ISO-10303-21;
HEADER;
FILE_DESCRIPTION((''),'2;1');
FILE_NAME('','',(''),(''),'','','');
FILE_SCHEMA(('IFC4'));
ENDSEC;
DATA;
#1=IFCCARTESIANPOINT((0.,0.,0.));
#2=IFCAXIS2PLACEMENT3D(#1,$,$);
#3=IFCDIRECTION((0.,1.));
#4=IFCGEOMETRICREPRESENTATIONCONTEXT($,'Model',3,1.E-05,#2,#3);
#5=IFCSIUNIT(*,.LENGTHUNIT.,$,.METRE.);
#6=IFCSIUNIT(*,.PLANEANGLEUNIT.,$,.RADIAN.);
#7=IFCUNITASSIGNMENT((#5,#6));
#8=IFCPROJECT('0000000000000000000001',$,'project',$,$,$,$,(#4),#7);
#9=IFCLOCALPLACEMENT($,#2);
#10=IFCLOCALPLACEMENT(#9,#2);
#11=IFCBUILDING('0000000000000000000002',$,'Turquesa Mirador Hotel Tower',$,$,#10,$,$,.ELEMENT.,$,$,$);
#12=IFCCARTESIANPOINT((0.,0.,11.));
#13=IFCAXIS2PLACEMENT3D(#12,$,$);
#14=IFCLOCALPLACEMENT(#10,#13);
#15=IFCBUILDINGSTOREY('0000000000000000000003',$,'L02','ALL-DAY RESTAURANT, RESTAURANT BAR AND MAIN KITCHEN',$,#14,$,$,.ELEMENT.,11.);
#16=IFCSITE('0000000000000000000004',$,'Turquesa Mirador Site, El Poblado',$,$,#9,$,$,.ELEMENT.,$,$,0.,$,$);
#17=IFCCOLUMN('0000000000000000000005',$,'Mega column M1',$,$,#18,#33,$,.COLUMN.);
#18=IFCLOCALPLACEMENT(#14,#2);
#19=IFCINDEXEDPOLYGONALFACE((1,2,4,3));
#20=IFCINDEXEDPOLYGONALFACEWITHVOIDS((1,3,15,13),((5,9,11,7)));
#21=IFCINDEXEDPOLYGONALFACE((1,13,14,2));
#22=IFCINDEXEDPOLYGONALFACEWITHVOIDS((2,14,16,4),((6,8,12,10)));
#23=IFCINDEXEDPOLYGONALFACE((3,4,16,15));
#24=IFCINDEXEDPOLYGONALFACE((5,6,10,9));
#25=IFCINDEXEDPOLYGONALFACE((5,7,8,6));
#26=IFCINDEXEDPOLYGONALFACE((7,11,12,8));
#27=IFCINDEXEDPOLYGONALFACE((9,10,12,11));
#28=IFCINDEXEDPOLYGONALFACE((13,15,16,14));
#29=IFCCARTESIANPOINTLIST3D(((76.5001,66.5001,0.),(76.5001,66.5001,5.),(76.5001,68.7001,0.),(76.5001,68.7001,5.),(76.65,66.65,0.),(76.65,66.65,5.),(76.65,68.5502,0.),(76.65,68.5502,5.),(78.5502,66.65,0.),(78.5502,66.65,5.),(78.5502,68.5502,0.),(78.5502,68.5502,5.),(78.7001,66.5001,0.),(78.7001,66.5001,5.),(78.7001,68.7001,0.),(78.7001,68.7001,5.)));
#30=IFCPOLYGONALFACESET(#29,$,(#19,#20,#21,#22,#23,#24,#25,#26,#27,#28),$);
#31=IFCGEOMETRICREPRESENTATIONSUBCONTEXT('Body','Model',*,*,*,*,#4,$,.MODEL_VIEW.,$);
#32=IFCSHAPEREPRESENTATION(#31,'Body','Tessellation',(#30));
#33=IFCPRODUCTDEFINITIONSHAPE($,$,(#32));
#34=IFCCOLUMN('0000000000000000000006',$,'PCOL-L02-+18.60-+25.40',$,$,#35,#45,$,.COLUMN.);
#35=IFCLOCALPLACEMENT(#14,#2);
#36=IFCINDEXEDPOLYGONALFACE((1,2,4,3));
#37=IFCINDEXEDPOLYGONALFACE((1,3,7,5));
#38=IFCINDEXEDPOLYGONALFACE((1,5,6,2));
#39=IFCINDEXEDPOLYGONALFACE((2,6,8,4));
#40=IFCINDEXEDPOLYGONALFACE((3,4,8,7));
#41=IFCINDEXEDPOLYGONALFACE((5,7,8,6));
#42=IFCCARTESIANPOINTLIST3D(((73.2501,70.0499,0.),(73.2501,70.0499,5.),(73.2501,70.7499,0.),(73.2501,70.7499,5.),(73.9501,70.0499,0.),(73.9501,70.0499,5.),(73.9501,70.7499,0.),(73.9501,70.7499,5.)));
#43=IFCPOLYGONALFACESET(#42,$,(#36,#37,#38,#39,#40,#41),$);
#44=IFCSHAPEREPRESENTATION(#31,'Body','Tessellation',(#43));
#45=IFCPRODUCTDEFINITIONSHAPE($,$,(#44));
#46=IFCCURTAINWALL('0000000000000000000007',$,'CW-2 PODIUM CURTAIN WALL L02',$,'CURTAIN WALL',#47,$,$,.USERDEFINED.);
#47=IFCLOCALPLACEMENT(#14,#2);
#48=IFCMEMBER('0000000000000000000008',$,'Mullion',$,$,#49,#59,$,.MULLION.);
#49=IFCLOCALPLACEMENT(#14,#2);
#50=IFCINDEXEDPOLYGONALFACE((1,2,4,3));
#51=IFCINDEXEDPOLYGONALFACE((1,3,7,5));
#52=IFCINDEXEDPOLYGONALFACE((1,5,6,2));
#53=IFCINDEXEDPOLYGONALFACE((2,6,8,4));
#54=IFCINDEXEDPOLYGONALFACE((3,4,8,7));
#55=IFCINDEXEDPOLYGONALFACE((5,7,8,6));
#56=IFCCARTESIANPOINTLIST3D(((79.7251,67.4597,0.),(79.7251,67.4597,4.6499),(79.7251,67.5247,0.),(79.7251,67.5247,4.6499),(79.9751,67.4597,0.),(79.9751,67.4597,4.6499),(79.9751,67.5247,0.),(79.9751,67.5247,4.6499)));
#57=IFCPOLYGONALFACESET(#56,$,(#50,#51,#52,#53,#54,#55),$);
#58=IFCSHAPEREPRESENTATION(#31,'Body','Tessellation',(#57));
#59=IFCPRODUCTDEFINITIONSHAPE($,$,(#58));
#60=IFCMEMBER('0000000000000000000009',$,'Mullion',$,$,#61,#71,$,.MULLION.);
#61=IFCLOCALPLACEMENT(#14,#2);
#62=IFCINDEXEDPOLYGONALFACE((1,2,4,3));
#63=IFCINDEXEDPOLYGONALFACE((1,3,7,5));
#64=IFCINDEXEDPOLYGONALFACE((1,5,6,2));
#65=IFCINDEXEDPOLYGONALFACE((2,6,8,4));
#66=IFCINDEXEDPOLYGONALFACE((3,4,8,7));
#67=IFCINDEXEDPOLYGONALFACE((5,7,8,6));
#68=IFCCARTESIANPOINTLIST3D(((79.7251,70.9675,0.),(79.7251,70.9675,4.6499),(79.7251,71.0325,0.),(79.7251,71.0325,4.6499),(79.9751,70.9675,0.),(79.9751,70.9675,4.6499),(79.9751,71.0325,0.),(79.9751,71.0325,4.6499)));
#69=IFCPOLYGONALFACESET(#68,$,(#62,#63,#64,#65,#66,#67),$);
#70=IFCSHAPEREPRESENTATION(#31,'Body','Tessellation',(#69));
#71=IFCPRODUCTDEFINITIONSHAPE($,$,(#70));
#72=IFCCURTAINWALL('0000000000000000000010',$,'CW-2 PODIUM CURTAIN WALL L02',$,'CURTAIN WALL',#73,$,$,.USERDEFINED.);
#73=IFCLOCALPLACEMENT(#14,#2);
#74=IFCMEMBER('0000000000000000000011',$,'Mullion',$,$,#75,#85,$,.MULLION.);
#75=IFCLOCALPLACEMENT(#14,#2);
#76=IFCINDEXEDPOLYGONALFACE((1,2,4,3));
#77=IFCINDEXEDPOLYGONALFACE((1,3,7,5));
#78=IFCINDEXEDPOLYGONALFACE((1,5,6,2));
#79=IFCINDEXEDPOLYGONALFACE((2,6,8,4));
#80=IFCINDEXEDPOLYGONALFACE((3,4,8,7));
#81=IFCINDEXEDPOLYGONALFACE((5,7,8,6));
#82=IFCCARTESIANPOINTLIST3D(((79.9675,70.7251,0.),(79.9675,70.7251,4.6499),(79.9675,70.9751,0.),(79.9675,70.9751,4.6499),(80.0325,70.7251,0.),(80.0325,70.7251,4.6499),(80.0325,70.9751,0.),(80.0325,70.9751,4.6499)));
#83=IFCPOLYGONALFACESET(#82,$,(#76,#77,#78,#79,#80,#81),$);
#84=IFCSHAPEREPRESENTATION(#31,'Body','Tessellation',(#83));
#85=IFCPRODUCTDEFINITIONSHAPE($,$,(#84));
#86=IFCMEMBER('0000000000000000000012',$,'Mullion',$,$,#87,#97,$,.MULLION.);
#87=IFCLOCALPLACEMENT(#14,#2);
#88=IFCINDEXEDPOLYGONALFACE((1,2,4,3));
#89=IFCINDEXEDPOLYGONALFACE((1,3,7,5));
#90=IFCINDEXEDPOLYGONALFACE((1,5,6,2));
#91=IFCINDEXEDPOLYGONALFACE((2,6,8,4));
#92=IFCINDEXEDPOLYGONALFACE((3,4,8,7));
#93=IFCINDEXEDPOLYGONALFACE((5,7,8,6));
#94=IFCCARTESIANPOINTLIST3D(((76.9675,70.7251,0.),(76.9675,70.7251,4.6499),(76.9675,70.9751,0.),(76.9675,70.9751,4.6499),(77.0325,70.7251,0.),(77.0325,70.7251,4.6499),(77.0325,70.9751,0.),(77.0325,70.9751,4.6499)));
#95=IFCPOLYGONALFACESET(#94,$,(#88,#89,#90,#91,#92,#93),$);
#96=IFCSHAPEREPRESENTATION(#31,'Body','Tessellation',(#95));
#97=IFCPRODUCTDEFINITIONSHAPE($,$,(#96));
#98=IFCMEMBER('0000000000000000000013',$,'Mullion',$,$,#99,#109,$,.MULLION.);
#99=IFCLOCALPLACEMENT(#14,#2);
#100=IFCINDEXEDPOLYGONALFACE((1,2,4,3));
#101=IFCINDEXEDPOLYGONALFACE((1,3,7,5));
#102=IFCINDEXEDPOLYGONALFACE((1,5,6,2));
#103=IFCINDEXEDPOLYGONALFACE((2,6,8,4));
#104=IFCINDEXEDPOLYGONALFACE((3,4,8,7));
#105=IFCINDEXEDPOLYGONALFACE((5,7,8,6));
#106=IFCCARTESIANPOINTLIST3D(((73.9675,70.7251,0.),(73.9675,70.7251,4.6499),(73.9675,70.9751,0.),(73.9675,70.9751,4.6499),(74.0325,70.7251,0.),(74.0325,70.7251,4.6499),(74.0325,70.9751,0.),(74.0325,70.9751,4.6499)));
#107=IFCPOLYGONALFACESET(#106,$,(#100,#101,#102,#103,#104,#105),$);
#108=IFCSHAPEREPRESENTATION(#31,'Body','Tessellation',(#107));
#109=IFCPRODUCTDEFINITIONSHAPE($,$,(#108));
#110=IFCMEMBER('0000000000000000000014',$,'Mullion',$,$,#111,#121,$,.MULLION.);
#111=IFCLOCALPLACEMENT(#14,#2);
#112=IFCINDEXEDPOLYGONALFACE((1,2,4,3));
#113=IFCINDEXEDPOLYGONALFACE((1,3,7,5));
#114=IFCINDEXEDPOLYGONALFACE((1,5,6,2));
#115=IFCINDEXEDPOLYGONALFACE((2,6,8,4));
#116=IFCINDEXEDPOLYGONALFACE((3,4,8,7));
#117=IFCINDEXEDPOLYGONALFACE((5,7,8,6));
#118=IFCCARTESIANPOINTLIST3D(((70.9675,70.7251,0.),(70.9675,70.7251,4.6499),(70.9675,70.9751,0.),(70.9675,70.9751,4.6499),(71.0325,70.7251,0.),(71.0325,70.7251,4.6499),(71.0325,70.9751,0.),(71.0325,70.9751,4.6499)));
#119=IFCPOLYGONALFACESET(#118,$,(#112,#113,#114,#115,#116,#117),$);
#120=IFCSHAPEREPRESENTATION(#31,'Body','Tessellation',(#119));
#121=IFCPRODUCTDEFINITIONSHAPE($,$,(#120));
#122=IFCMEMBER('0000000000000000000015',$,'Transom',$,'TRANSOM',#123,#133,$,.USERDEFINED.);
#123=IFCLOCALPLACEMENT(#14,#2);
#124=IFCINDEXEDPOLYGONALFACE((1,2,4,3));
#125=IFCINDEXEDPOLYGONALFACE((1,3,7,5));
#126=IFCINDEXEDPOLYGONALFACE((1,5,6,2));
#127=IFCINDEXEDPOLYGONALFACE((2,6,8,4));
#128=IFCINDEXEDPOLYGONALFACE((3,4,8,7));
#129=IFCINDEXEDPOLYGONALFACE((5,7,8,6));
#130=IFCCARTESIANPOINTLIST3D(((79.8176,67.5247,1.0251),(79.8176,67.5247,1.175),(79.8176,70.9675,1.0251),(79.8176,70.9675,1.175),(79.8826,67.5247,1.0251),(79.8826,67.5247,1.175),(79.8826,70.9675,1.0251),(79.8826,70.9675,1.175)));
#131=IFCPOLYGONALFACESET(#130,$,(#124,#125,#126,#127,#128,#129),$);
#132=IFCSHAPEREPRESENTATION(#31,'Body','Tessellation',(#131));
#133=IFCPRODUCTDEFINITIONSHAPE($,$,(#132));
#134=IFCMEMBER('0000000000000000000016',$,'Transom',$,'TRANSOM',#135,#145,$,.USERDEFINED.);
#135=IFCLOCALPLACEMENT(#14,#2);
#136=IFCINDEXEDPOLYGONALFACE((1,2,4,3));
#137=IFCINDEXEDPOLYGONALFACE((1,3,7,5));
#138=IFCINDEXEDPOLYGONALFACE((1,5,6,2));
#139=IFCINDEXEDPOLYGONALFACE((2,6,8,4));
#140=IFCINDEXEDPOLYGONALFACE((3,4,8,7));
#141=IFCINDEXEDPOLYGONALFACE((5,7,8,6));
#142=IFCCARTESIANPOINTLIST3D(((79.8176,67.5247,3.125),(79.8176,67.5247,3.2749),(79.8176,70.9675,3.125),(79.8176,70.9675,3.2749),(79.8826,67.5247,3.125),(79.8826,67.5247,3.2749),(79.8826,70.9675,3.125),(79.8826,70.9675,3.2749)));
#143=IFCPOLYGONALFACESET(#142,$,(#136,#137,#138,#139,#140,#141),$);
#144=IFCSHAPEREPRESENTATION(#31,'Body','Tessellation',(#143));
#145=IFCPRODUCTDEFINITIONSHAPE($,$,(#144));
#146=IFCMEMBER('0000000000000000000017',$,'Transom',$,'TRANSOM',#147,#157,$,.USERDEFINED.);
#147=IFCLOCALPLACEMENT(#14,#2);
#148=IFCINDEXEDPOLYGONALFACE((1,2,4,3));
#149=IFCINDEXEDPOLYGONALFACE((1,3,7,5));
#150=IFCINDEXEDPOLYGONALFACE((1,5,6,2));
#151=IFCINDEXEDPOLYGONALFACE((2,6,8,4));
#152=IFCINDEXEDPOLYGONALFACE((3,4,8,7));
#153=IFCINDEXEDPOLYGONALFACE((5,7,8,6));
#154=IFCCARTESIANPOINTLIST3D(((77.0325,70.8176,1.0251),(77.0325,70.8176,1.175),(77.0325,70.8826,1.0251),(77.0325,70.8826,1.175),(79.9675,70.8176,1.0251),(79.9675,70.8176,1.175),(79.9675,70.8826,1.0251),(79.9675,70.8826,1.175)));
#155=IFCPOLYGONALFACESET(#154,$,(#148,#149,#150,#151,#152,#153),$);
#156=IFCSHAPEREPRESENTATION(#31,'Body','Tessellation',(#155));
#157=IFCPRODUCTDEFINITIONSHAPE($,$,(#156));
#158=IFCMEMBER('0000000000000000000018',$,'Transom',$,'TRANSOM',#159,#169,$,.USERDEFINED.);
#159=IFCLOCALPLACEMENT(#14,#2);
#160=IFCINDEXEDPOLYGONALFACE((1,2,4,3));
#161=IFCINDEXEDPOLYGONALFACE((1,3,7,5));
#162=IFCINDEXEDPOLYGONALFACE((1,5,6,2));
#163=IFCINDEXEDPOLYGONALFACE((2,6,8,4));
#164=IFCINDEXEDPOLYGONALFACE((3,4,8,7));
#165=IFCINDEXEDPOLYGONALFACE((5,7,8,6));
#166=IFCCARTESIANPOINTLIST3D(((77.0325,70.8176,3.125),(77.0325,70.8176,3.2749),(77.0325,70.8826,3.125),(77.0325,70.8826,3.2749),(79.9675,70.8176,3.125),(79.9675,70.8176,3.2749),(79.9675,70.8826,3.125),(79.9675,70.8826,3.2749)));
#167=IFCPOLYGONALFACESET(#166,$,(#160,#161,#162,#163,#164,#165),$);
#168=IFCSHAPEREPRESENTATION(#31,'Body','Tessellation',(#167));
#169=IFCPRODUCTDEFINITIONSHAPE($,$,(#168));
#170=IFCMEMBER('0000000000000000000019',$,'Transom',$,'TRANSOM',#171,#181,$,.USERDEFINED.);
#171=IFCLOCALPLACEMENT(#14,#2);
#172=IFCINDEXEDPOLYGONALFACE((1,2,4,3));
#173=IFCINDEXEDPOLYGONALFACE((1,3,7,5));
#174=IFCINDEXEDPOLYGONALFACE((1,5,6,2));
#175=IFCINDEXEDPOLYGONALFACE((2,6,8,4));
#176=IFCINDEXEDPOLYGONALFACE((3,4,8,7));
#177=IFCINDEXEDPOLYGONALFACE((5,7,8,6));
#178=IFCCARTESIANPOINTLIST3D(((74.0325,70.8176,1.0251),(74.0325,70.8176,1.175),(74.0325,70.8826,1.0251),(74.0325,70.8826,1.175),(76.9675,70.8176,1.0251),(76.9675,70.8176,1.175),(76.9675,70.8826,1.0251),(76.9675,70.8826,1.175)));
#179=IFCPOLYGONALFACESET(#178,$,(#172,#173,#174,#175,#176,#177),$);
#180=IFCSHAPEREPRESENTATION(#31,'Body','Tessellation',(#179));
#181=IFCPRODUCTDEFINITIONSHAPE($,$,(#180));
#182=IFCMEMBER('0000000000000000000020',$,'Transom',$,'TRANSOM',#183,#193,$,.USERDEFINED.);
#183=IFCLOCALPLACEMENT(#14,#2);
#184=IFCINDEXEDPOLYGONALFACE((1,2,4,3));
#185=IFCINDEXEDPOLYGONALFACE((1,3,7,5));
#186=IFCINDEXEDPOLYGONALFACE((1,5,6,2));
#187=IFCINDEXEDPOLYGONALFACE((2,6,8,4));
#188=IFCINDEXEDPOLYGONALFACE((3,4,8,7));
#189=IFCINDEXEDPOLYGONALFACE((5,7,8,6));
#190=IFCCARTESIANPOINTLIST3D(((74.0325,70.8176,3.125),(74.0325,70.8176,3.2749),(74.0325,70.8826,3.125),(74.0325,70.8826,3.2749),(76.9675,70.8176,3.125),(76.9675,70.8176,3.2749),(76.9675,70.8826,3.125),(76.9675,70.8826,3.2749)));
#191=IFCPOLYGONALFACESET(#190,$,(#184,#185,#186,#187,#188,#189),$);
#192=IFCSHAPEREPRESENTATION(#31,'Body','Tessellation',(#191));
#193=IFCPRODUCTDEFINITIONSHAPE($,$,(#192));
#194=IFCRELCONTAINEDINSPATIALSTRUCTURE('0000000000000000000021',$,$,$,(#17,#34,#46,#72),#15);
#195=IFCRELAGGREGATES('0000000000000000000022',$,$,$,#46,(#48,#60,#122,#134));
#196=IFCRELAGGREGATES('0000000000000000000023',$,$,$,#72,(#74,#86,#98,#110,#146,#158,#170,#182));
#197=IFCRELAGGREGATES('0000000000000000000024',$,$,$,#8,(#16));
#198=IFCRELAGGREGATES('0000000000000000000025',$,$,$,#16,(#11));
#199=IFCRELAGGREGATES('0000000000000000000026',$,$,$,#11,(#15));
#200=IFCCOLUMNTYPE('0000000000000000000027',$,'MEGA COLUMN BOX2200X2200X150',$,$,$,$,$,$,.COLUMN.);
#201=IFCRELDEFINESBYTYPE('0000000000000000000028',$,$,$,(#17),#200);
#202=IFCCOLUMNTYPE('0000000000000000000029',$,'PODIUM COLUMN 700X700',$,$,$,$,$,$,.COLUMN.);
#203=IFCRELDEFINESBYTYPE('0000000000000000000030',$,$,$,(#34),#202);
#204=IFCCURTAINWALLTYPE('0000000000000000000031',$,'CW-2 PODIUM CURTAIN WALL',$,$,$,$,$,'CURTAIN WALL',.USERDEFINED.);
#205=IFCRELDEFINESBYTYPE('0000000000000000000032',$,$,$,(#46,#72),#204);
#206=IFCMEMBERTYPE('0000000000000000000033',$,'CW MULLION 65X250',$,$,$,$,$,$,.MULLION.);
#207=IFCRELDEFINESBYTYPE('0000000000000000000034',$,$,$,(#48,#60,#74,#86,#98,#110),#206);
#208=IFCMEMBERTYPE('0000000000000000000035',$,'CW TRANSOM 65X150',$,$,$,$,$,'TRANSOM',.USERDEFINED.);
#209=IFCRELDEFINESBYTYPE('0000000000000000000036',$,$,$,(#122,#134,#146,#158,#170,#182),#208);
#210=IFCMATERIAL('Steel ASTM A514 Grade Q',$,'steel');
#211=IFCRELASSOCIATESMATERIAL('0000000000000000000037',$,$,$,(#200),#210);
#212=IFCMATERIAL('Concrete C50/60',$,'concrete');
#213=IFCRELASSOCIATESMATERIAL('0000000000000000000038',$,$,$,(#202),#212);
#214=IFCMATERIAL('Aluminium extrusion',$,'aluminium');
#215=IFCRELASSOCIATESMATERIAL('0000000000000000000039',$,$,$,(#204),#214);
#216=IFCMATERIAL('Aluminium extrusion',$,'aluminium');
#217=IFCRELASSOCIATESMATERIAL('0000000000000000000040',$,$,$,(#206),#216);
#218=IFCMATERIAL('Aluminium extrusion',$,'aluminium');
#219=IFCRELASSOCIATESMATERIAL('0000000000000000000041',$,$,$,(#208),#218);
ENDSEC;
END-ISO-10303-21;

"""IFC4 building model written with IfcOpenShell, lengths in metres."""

from ifc_helpers import new_model, si_unit, direction, frame, origin, origin_2d, place, context, subcontext, project, spatial, rectangle, hollow_rectangle, extrude, material, material_profile, profile_set, type_object, element, aggregate, save


model = new_model("IFC4")

# Units and contexts
model_context = context("Model", 3, precision=1e-05, world=origin(), true_north=direction((0.0, 1.0)))
body_context = subcontext(model_context, "Body", "Model", "MODEL_VIEW")
ifc_project = project(units=[si_unit("LENGTHUNIT", "METRE"), si_unit("PLANEANGLEUNIT", "RADIAN")], contexts=[model_context])

# Site, building, storey
site_placement = place(None, origin())
site = spatial("IfcSite", under=ifc_project, at=site_placement, Name="Turquesa Mirador Site, El Poblado", CompositionType="ELEMENT", RefElevation=0.0)
building_placement = place(site_placement, origin())
building = spatial("IfcBuilding", under=site, at=building_placement, Name="Turquesa Mirador Hotel Tower", CompositionType="ELEMENT")
storey_placement = place(building_placement, frame((0.0, 0.0, 11.0)))
storey = spatial("IfcBuildingStorey", under=building, at=storey_placement, Name="L02", Description="ALL-DAY RESTAURANT, RESTAURANT BAR AND MAIN KITCHEN", CompositionType="ELEMENT", Elevation=11.0)

# Columns
ifc_material_1 = material(Name="Steel ASTM A514 Grade Q", Category="steel")
ifc_material_profile_1 = material_profile(ifc_material_1, hollow_rectangle(XDim=2.2, YDim=2.2, WallThickness=0.1499, at=origin_2d()), Name="BOX2200X2200X150")
ifc_profile_set_1 = profile_set([ifc_material_profile_1], Name="Steel ASTM A514 Grade Q")
column_type_1 = type_object("IfcColumnType", Name="MEGA COLUMN BOX2200X2200X150", PredefinedType="COLUMN", material=ifc_profile_set_1)
column_1_placement = place(storey_placement, frame((77.6001, 67.6001, 0.0), z_axis=(0.0, 0.0, 1.0), x_axis=(1.0, 0.0, 0.0)))
element("IfcColumn", 1, at=column_1_placement, inside=storey, type_object=column_type_1, Name="Mega column M1", PredefinedType="COLUMN", context=body_context, shape_type="SweptSolid", body=[
    extrude(hollow_rectangle(XDim=2.2, YDim=2.2, WallThickness=0.1499, at=origin_2d()), origin(), (0.0, 0.0, 1.0), 5.0),
])
ifc_material_2 = material(Name="Concrete C50/60", Category="concrete")
ifc_material_profile_2 = material_profile(ifc_material_2, rectangle(XDim=0.7, YDim=0.7, at=origin_2d()), Name="RC 700X700")
ifc_profile_set_2 = profile_set([ifc_material_profile_2], Name="Concrete C50/60")
column_type_2 = type_object("IfcColumnType", Name="PODIUM COLUMN 700X700", PredefinedType="COLUMN", material=ifc_profile_set_2)
column_2_placement = place(storey_placement, frame((73.6001, 70.3999, 0.0), z_axis=(0.0, 0.0, 1.0), x_axis=(1.0, 0.0, 0.0)))
element("IfcColumn", 2, at=column_2_placement, inside=storey, type_object=column_type_2, Name="PCOL-L02-+18.60-+25.40", PredefinedType="COLUMN", context=body_context, shape_type="SweptSolid", body=[
    extrude(rectangle(XDim=0.7, YDim=0.7, at=origin_2d()), origin(), (0.0, 0.0, 1.0), 5.0),
])

# Curtain walls, members
ifc_material_3 = material(Name="Aluminium extrusion", Category="aluminium")
curtain_wall_type = type_object("IfcCurtainWallType", Name="CW-2 PODIUM CURTAIN WALL", ElementType="CURTAIN WALL", PredefinedType="USERDEFINED", material=ifc_material_3)
curtain_wall_1_placement = place(storey_placement, origin())
curtain_wall_1 = element("IfcCurtainWall", 3, at=curtain_wall_1_placement, inside=storey, type_object=curtain_wall_type, Name="CW-2 PODIUM CURTAIN WALL L02", ObjectType="CURTAIN WALL", PredefinedType="USERDEFINED")
ifc_material_4 = material(Name="Aluminium extrusion", Category="aluminium")
ifc_material_profile_3 = material_profile(ifc_material_4, rectangle(XDim=0.0649, YDim=0.25, at=origin_2d()), Name="MULLION 65X250")
ifc_profile_set_3 = profile_set([ifc_material_profile_3], Name="Aluminium extrusion")
member_type_1 = type_object("IfcMemberType", Name="CW MULLION 65X250", PredefinedType="MULLION", material=ifc_profile_set_3)
member_1_placement = place(storey_placement, frame((79.8501, 67.4922, 0.0), z_axis=(0.0, 0.0, 1.0), x_axis=(0.0, 1.0, 0.0)))
member_1 = element("IfcMember", 4, at=member_1_placement, type_object=member_type_1, Name="Mullion", PredefinedType="MULLION", context=body_context, shape_type="SweptSolid", body=[
    extrude(rectangle(XDim=0.0649, YDim=0.25, at=origin_2d()), origin(), (0.0, 0.0, 1.0), 4.6499),
])
member_2_placement = place(storey_placement, frame((79.8501, 71.0, 0.0), z_axis=(0.0, 0.0, 1.0), x_axis=(0.0, 1.0, 0.0)))
member_2 = element("IfcMember", 5, at=member_2_placement, type_object=member_type_1, Name="Mullion", PredefinedType="MULLION", context=body_context, shape_type="SweptSolid", body=[
    extrude(rectangle(XDim=0.0649, YDim=0.25, at=origin_2d()), origin(), (0.0, 0.0, 1.0), 4.6499),
])
curtain_wall_2_placement = place(storey_placement, origin())
curtain_wall_2 = element("IfcCurtainWall", 6, at=curtain_wall_2_placement, inside=storey, type_object=curtain_wall_type, Name="CW-2 PODIUM CURTAIN WALL L02", ObjectType="CURTAIN WALL", PredefinedType="USERDEFINED")
member_3_placement = place(storey_placement, frame((80.0, 70.8501, 0.0), z_axis=(0.0, 0.0, 1.0), x_axis=(-1.0, 0.0, 0.0)))
member_3 = element("IfcMember", 7, at=member_3_placement, type_object=member_type_1, Name="Mullion", PredefinedType="MULLION", context=body_context, shape_type="SweptSolid", body=[
    extrude(rectangle(XDim=0.0649, YDim=0.25, at=origin_2d()), origin(), (0.0, 0.0, 1.0), 4.6499),
])
member_4_placement = place(storey_placement, frame((77.0, 70.8501, 0.0), z_axis=(0.0, 0.0, 1.0), x_axis=(-1.0, 0.0, 0.0)))
member_4 = element("IfcMember", 8, at=member_4_placement, type_object=member_type_1, Name="Mullion", PredefinedType="MULLION", context=body_context, shape_type="SweptSolid", body=[
    extrude(rectangle(XDim=0.0649, YDim=0.25, at=origin_2d()), origin(), (0.0, 0.0, 1.0), 4.6499),
])
member_5_placement = place(storey_placement, frame((74.0, 70.8501, 0.0), z_axis=(0.0, 0.0, 1.0), x_axis=(-1.0, 0.0, 0.0)))
member_5 = element("IfcMember", 9, at=member_5_placement, type_object=member_type_1, Name="Mullion", PredefinedType="MULLION", context=body_context, shape_type="SweptSolid", body=[
    extrude(rectangle(XDim=0.0649, YDim=0.25, at=origin_2d()), origin(), (0.0, 0.0, 1.0), 4.6499),
])
member_6_placement = place(storey_placement, frame((71.0, 70.8501, 0.0), z_axis=(0.0, 0.0, 1.0), x_axis=(-1.0, 0.0, 0.0)))
member_6 = element("IfcMember", 10, at=member_6_placement, type_object=member_type_1, Name="Mullion", PredefinedType="MULLION", context=body_context, shape_type="SweptSolid", body=[
    extrude(rectangle(XDim=0.0649, YDim=0.25, at=origin_2d()), origin(), (0.0, 0.0, 1.0), 4.6499),
])

# Members
ifc_material_5 = material(Name="Aluminium extrusion", Category="aluminium")
ifc_material_profile_4 = material_profile(ifc_material_5, rectangle(XDim=0.0649, YDim=0.1499, at=origin_2d()), Name="TRANSOM 65X150")
ifc_profile_set_4 = profile_set([ifc_material_profile_4], Name="Aluminium extrusion")
member_type_2 = type_object("IfcMemberType", Name="CW TRANSOM 65X150", ElementType="TRANSOM", PredefinedType="USERDEFINED", material=ifc_profile_set_4)
member_7_placement = place(storey_placement, frame((79.8501, 67.5247, 1.1001), z_axis=(0.0, 1.0, 0.0), x_axis=(-1.0, 0.0, 0.0)))
member_7 = element("IfcMember", 11, at=member_7_placement, type_object=member_type_2, Name="Transom", ObjectType="TRANSOM", PredefinedType="USERDEFINED", context=body_context, shape_type="SweptSolid", body=[
    extrude(rectangle(XDim=0.0649, YDim=0.1499, at=origin_2d()), origin(), (0.0, 0.0, 1.0), 3.4429),
])
member_8_placement = place(storey_placement, frame((79.8501, 67.5247, 3.2), z_axis=(0.0, 1.0, 0.0), x_axis=(-1.0, 0.0, 0.0)))
member_8 = element("IfcMember", 12, at=member_8_placement, type_object=member_type_2, Name="Transom", ObjectType="TRANSOM", PredefinedType="USERDEFINED", context=body_context, shape_type="SweptSolid", body=[
    extrude(rectangle(XDim=0.0649, YDim=0.1499, at=origin_2d()), origin(), (0.0, 0.0, 1.0), 3.4429),
])
member_9_placement = place(storey_placement, frame((79.9675, 70.8501, 1.1001), z_axis=(-1.0, 0.0, 0.0), x_axis=(0.0, -1.0, 0.0)))
member_9 = element("IfcMember", 13, at=member_9_placement, type_object=member_type_2, Name="Transom", ObjectType="TRANSOM", PredefinedType="USERDEFINED", context=body_context, shape_type="SweptSolid", body=[
    extrude(rectangle(XDim=0.0649, YDim=0.1499, at=origin_2d()), origin(), (0.0, 0.0, 1.0), 2.9351),
])
member_10_placement = place(storey_placement, frame((79.9675, 70.8501, 3.2), z_axis=(-1.0, 0.0, 0.0), x_axis=(0.0, -1.0, 0.0)))
member_10 = element("IfcMember", 14, at=member_10_placement, type_object=member_type_2, Name="Transom", ObjectType="TRANSOM", PredefinedType="USERDEFINED", context=body_context, shape_type="SweptSolid", body=[
    extrude(rectangle(XDim=0.0649, YDim=0.1499, at=origin_2d()), origin(), (0.0, 0.0, 1.0), 2.9351),
])
member_11_placement = place(storey_placement, frame((76.9675, 70.8501, 1.1001), z_axis=(-1.0, 0.0, 0.0), x_axis=(0.0, -1.0, 0.0)))
member_11 = element("IfcMember", 15, at=member_11_placement, type_object=member_type_2, Name="Transom", ObjectType="TRANSOM", PredefinedType="USERDEFINED", context=body_context, shape_type="SweptSolid", body=[
    extrude(rectangle(XDim=0.0649, YDim=0.1499, at=origin_2d()), origin(), (0.0, 0.0, 1.0), 2.9351),
])
member_12_placement = place(storey_placement, frame((76.9675, 70.8501, 3.2), z_axis=(-1.0, 0.0, 0.0), x_axis=(0.0, -1.0, 0.0)))
member_12 = element("IfcMember", 16, at=member_12_placement, type_object=member_type_2, Name="Transom", ObjectType="TRANSOM", PredefinedType="USERDEFINED", context=body_context, shape_type="SweptSolid", body=[
    extrude(rectangle(XDim=0.0649, YDim=0.1499, at=origin_2d()), origin(), (0.0, 0.0, 1.0), 2.9351),
])

aggregate(curtain_wall_1, [member_1, member_2, member_7, member_8])
aggregate(curtain_wall_2, [member_3, member_4, member_5, member_6, member_9, member_10, member_11, member_12])

save(model, "model.ifc")
